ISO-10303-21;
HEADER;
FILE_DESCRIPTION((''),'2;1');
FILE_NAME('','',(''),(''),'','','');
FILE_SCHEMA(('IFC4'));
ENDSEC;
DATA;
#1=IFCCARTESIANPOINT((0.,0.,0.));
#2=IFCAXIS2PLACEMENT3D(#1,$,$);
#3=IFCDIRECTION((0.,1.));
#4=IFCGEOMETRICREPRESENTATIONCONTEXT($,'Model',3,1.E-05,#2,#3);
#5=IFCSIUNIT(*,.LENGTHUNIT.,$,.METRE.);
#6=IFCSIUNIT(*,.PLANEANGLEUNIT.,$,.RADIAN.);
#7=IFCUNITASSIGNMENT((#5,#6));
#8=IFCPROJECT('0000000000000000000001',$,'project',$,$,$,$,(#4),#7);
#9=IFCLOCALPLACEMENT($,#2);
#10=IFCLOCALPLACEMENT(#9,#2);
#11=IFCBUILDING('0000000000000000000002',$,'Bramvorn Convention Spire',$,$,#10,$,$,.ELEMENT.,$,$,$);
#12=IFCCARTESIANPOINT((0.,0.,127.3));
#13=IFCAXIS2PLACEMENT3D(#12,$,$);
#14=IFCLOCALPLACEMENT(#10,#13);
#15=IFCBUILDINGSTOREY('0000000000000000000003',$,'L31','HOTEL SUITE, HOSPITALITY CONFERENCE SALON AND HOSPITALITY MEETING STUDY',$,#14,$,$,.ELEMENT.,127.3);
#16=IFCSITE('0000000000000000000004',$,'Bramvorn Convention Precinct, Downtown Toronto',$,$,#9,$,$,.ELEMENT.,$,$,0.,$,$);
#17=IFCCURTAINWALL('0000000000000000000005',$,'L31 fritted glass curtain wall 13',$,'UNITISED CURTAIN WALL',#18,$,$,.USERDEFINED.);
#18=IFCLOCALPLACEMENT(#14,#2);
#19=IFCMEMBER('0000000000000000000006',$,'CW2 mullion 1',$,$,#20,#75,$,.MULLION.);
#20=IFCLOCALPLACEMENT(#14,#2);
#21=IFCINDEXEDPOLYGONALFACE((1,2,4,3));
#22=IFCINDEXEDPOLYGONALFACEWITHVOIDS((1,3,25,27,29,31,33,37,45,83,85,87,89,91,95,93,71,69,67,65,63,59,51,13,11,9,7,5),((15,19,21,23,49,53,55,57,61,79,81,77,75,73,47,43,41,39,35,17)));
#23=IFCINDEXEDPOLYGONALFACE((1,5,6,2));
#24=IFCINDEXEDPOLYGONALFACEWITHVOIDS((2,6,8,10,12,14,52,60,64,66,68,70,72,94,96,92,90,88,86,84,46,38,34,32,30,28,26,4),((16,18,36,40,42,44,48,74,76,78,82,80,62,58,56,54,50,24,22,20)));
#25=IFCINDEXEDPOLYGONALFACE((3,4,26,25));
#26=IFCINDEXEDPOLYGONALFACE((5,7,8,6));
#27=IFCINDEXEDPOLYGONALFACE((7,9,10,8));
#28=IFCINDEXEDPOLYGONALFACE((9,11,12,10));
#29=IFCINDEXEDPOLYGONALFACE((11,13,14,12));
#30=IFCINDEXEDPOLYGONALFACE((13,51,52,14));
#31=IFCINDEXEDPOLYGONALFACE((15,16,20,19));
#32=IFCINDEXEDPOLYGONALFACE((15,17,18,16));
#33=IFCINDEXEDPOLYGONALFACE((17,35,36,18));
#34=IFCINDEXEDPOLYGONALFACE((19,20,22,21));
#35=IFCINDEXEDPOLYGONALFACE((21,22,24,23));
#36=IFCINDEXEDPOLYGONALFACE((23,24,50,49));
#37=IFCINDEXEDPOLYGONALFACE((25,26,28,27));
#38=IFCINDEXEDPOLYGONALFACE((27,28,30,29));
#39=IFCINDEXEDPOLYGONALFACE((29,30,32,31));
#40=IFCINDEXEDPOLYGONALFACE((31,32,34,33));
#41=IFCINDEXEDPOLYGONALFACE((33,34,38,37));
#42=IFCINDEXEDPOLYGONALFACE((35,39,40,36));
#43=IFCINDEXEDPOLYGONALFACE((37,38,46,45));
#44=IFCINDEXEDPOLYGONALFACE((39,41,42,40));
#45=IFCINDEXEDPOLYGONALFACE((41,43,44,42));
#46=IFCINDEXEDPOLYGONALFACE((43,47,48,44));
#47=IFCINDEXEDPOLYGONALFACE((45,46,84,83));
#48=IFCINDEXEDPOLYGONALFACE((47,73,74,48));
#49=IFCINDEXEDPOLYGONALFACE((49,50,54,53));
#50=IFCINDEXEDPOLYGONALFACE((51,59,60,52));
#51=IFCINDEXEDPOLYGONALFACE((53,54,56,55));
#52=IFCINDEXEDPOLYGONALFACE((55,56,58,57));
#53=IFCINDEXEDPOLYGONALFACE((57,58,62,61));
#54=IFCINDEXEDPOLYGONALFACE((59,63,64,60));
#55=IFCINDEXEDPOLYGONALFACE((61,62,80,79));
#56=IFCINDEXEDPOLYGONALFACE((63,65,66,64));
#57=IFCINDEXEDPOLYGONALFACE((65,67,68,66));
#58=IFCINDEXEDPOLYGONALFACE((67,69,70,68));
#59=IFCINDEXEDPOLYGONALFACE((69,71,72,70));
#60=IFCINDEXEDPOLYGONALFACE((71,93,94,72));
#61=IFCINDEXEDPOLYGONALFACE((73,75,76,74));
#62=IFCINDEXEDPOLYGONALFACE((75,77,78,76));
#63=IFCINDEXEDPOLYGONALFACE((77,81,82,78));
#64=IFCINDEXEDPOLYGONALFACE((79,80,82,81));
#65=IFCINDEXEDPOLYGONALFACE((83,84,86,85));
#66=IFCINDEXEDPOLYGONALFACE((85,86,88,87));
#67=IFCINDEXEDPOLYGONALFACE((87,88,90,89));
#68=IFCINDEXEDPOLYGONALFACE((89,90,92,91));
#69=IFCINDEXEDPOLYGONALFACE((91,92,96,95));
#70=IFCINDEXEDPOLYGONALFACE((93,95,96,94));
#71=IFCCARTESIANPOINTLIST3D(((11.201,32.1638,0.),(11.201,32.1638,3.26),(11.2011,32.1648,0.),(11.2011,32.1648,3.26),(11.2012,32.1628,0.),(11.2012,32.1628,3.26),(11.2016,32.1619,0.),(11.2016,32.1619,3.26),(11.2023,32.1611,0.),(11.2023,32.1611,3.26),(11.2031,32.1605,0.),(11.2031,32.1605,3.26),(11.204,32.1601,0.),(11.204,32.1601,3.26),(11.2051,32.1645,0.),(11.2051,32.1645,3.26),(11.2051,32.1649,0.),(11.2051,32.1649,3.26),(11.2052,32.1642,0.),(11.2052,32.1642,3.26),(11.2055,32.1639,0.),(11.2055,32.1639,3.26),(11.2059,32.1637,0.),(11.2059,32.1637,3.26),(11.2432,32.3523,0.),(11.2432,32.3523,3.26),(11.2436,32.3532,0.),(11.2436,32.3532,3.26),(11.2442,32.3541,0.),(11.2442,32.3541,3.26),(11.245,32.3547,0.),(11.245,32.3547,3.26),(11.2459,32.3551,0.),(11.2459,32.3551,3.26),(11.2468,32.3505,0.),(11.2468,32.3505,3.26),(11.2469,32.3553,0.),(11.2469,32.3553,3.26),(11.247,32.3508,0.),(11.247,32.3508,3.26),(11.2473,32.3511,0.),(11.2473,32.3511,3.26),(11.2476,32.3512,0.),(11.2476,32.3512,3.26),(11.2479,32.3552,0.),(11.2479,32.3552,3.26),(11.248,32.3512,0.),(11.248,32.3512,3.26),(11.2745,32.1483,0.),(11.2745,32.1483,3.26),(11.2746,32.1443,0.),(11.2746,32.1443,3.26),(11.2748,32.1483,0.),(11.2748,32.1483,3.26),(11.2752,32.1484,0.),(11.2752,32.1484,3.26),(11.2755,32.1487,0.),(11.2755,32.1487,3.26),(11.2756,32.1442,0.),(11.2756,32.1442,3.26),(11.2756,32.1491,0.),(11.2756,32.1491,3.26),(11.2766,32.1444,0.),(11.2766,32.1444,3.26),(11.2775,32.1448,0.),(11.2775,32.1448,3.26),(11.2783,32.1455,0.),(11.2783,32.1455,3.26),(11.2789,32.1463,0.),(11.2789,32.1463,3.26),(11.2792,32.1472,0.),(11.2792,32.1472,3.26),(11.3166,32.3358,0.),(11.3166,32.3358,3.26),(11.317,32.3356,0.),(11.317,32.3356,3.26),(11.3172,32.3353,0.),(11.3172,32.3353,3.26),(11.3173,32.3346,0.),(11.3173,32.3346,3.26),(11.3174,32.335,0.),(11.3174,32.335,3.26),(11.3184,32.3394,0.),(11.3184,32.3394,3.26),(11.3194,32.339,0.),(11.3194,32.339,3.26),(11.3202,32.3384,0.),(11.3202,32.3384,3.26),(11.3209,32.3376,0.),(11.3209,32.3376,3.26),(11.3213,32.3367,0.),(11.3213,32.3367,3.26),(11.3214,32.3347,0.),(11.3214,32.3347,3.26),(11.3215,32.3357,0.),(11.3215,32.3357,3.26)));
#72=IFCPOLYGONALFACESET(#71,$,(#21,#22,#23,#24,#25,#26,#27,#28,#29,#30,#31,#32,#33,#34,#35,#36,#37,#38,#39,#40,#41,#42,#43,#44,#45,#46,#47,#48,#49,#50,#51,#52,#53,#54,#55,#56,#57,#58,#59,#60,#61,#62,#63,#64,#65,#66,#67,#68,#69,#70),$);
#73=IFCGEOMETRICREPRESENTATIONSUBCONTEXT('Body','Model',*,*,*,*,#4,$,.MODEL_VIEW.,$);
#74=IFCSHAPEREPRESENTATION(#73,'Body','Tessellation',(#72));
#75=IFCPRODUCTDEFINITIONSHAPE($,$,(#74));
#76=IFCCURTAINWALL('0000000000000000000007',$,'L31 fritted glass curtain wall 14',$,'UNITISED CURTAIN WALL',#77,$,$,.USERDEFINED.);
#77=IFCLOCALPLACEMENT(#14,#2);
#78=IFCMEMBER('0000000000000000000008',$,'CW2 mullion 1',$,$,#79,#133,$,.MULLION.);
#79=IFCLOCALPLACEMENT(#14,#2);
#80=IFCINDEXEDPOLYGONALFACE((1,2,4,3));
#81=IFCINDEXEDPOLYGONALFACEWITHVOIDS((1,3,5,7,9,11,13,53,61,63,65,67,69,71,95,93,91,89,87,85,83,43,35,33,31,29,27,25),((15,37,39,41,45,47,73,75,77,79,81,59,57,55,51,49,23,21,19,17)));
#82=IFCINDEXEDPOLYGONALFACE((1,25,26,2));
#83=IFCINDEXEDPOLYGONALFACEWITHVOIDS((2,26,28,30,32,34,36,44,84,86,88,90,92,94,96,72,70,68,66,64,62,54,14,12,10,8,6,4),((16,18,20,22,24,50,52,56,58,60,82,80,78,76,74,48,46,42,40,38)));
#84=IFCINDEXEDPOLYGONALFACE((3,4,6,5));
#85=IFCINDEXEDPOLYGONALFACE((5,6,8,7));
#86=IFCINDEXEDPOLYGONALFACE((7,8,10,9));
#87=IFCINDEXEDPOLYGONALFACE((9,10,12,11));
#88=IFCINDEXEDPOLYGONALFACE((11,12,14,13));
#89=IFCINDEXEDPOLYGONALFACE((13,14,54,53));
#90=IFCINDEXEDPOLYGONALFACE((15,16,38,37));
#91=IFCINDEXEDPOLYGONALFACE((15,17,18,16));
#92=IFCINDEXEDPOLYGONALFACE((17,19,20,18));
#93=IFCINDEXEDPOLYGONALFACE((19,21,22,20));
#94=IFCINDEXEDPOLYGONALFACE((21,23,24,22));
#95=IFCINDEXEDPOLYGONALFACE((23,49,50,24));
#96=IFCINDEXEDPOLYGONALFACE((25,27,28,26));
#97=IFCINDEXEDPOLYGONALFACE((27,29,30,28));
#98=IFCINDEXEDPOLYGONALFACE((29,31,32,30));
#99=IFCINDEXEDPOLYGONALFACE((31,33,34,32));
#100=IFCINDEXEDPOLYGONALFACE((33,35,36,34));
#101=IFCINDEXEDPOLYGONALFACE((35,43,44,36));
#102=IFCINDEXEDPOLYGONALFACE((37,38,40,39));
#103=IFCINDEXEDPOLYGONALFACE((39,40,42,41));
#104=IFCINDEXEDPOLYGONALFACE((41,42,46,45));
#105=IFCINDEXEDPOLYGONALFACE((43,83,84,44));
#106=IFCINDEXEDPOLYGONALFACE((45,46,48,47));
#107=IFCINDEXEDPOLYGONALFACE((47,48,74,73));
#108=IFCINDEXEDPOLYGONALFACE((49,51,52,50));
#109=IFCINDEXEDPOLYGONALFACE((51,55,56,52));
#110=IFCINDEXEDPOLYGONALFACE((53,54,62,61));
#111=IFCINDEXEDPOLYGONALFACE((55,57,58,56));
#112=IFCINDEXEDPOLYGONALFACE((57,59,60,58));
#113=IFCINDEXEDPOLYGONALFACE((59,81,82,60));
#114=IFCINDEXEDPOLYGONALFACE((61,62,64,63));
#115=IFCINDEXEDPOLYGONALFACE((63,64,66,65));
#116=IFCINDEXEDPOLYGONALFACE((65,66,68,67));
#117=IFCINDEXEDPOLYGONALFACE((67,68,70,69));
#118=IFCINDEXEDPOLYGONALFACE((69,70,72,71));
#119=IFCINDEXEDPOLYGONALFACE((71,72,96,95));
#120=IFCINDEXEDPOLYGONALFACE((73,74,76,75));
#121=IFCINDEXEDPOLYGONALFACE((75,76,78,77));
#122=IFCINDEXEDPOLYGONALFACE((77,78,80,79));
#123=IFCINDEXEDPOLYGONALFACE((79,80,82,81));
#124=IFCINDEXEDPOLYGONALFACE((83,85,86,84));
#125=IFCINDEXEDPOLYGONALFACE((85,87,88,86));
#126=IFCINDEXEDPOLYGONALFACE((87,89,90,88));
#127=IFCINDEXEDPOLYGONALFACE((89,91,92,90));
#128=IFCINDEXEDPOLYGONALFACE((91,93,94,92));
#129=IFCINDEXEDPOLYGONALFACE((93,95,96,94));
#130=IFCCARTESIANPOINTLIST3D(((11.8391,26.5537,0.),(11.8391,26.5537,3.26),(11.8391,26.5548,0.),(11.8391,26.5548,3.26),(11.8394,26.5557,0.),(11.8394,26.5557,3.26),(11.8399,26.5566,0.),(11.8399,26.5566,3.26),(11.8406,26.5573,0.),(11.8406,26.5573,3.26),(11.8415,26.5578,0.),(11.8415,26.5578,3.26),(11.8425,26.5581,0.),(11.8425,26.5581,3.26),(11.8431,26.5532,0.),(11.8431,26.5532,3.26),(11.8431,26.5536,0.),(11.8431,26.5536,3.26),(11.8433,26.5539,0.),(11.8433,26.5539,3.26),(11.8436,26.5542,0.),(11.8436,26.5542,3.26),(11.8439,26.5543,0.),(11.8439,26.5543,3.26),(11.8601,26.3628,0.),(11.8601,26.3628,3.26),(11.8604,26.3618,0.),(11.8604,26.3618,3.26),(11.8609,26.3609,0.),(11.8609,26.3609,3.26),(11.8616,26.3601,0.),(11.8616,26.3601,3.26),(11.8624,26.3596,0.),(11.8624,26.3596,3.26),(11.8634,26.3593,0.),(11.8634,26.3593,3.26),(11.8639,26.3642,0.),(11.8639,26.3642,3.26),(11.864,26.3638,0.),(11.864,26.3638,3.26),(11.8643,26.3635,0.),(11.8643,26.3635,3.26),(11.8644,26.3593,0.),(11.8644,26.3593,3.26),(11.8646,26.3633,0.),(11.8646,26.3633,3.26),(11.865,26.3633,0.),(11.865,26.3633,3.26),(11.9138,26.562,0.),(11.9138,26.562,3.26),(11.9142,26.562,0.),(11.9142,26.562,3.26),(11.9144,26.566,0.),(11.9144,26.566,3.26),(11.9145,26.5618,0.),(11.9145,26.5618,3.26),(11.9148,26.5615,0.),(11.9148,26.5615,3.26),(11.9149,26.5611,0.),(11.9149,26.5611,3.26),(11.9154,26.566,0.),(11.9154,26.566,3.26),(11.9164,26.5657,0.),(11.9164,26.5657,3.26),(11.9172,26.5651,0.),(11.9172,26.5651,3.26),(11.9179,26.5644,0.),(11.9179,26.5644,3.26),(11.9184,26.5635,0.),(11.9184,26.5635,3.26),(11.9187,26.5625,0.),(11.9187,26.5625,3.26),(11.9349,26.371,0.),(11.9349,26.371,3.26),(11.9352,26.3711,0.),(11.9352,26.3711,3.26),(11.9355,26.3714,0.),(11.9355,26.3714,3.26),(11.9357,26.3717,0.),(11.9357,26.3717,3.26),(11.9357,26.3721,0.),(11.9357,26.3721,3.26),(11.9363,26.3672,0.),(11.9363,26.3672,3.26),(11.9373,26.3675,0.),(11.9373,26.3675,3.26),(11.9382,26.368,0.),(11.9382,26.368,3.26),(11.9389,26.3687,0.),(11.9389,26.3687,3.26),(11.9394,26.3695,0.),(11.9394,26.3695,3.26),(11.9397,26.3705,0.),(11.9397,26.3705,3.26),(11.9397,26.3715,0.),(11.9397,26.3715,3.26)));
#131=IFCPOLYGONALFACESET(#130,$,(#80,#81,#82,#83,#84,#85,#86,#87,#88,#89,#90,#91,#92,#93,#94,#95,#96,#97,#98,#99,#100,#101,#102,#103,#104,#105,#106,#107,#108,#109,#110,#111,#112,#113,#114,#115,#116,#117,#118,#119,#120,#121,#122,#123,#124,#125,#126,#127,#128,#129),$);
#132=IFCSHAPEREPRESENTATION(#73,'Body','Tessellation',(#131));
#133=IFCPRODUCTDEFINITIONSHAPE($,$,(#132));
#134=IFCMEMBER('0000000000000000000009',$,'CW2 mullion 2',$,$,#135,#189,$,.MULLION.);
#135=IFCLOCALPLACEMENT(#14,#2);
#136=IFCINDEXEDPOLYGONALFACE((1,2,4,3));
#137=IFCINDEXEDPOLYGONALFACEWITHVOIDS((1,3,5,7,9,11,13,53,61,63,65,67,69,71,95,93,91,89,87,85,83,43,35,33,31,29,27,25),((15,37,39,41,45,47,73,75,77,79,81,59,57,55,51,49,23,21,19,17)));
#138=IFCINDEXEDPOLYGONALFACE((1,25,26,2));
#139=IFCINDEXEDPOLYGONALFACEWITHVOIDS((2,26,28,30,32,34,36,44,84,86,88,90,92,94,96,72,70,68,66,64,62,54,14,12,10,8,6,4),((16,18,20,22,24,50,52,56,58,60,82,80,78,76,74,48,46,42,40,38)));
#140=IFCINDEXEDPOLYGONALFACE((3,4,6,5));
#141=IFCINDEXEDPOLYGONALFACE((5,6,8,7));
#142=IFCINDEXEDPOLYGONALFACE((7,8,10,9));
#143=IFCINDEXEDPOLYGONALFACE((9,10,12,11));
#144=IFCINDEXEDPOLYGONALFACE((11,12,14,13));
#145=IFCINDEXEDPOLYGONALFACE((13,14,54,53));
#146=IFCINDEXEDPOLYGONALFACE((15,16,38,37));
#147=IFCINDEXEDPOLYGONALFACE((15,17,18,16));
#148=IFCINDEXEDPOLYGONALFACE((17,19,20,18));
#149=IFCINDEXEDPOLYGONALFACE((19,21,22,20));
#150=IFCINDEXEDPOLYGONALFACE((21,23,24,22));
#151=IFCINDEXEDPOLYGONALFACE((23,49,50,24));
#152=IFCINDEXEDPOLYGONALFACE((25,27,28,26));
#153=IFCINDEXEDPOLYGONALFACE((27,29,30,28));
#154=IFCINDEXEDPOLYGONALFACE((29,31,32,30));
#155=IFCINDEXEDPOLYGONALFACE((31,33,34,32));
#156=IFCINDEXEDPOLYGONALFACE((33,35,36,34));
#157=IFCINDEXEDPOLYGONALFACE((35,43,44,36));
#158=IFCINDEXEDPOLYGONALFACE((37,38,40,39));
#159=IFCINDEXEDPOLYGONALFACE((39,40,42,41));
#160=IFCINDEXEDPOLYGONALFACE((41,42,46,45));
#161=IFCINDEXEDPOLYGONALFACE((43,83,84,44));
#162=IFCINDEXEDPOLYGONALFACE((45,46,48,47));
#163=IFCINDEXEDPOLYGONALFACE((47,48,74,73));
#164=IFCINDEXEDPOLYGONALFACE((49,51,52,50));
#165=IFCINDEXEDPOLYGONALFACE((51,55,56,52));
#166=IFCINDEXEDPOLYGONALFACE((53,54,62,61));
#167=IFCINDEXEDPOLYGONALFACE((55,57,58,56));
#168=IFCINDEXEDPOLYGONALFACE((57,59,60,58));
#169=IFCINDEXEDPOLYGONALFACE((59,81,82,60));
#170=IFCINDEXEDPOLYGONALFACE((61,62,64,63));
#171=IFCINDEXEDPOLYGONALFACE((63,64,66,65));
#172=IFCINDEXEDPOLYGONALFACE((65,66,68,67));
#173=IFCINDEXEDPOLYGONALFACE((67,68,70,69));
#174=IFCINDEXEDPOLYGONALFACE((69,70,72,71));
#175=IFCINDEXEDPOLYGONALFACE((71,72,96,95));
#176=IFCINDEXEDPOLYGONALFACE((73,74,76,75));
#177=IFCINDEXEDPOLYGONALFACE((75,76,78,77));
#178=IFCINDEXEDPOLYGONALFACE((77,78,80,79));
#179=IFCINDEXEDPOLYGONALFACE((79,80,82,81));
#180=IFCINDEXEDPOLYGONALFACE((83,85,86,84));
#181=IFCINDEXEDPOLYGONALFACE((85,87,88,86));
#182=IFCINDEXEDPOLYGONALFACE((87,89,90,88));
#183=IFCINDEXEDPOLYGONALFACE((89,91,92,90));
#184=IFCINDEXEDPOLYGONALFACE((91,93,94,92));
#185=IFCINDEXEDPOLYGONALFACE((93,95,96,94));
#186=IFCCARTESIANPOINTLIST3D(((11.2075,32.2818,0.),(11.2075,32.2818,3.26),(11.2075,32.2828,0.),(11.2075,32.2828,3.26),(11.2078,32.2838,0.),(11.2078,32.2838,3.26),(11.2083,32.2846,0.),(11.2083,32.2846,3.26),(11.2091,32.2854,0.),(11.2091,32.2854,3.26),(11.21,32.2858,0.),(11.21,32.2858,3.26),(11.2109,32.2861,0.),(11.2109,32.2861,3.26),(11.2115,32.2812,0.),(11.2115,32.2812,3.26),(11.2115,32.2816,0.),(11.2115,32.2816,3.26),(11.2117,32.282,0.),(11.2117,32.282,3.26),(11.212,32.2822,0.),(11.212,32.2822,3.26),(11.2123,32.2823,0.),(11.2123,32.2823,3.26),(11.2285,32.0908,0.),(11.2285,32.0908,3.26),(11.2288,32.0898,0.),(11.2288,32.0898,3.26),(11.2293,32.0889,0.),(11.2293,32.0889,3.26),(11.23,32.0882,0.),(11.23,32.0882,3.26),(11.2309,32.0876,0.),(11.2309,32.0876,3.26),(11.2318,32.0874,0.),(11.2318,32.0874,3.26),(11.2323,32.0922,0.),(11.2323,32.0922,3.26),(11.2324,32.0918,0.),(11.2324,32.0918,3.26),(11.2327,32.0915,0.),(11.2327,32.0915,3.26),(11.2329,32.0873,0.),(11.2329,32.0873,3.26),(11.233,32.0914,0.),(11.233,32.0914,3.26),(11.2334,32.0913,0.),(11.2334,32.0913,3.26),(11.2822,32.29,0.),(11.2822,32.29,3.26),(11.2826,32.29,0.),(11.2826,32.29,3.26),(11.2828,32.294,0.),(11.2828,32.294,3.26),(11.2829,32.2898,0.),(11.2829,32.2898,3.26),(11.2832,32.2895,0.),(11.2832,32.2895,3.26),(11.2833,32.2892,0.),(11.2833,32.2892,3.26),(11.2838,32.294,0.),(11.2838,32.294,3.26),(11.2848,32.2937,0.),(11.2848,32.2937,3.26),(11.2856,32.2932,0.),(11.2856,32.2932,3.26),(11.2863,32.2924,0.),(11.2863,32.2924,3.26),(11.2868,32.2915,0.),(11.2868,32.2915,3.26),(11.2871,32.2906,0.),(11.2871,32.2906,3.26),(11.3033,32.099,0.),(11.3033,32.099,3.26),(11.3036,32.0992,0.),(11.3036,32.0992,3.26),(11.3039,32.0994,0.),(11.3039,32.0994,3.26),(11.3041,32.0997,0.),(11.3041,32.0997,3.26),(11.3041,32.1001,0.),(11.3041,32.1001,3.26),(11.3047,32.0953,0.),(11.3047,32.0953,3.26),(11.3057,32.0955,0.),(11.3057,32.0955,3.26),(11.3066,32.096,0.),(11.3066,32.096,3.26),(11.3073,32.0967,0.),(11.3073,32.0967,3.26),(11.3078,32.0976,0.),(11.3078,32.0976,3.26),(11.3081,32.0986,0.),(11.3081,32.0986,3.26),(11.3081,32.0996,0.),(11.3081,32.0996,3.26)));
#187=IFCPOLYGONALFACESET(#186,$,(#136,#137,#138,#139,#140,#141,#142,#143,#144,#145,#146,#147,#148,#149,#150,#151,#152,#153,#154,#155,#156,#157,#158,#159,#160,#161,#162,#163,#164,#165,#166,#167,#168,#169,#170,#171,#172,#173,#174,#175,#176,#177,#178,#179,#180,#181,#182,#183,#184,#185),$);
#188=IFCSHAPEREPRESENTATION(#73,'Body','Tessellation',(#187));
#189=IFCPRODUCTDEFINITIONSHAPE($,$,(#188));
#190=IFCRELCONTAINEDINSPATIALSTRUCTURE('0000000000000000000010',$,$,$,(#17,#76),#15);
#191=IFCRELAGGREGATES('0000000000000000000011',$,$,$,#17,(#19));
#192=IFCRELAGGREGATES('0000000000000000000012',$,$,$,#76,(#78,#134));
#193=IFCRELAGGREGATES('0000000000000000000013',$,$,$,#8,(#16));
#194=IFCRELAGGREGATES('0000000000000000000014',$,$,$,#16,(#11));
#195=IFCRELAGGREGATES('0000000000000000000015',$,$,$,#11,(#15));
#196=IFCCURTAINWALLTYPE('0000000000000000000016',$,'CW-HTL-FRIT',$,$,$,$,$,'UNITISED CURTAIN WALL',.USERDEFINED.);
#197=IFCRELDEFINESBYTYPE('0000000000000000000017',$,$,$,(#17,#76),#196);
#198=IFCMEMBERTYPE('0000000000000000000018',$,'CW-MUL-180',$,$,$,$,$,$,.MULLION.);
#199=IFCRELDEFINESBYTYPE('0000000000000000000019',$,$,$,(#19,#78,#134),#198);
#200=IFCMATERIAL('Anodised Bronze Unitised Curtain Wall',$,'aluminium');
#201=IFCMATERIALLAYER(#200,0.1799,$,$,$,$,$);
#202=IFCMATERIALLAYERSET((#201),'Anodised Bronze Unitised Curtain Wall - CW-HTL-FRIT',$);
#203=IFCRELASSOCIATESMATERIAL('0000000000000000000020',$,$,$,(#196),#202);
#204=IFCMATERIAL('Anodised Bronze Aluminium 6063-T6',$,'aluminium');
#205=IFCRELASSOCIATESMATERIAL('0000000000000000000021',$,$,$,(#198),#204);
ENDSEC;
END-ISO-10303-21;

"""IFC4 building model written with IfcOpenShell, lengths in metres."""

from ifc_helpers import new_model, si_unit, direction, frame, origin, origin_2d, place, context, subcontext, project, spatial, hollow_rectangle, extrude, material, layer, layer_set, material_profile, profile_set, type_object, element, aggregate, save


model = new_model("IFC4")

# Units and contexts
model_context = context("Model", 3, precision=1e-05, world=origin(), true_north=direction((0.0, 1.0)))
body_context = subcontext(model_context, "Body", "Model", "MODEL_VIEW")
ifc_project = project(units=[si_unit("LENGTHUNIT", "METRE"), si_unit("PLANEANGLEUNIT", "RADIAN")], contexts=[model_context])

# Site, building, storey
site_placement = place(None, origin())
site = spatial("IfcSite", under=ifc_project, at=site_placement, Name="Bramvorn Convention Precinct, Downtown Toronto", CompositionType="ELEMENT", RefElevation=0.0)
building_placement = place(site_placement, origin())
building = spatial("IfcBuilding", under=site, at=building_placement, Name="Bramvorn Convention Spire", CompositionType="ELEMENT")
storey_placement = place(building_placement, frame((0.0, 0.0, 127.3)))
storey = spatial("IfcBuildingStorey", under=building, at=storey_placement, Name="L31", Description="HOTEL SUITE, HOSPITALITY CONFERENCE SALON AND HOSPITALITY MEETING STUDY", CompositionType="ELEMENT", Elevation=127.3)

# Curtain wall, member
ifc_material_1 = material(Name="Anodised Bronze Unitised Curtain Wall", Category="aluminium")
ifc_layer_1 = layer(ifc_material_1, 0.1799)
ifc_layer_set_1 = layer_set([ifc_layer_1], Name="Anodised Bronze Unitised Curtain Wall - CW-HTL-FRIT")
curtain_wall_type = type_object("IfcCurtainWallType", Name="CW-HTL-FRIT", ElementType="UNITISED CURTAIN WALL", PredefinedType="USERDEFINED", material=ifc_layer_set_1)
curtain_wall_1_placement = place(storey_placement, origin())
curtain_wall_1 = element("IfcCurtainWall", 1, at=curtain_wall_1_placement, inside=storey, type_object=curtain_wall_type, Name="L31 fritted glass curtain wall 13", ObjectType="UNITISED CURTAIN WALL", PredefinedType="USERDEFINED")
ifc_material_2 = material(Name="Anodised Bronze Aluminium 6063-T6", Category="aluminium")
ifc_material_profile_1 = material_profile(ifc_material_2, hollow_rectangle(XDim=0.0801, YDim=0.2, WallThickness=0.0039, InnerFilletRadius=0.001, OuterFilletRadius=0.0039, at=origin_2d()))
ifc_profile_set_1 = profile_set([ifc_material_profile_1], Name="Anodised Bronze Aluminium 6063-T6 - CWM80X200")
member_type_1 = type_object("IfcMemberType", Name="CW-MUL-180", PredefinedType="MULLION", material=ifc_profile_set_1)
member_1_placement = place(storey_placement, frame((11.2612, 32.2498, 0.0), z_axis=(0.0, 0.0, 1.0), x_axis=(-0.975647, 0.219348, 0.0)))
member_1 = element("IfcMember", 2, at=member_1_placement, type_object=member_type_1, Name="CW2 mullion 1", PredefinedType="MULLION", context=body_context, shape_type="SweptSolid", body=[
    extrude(hollow_rectangle(XDim=0.0801, YDim=0.2, WallThickness=0.0039, InnerFilletRadius=0.001, OuterFilletRadius=0.0039, at=origin_2d()), origin(), (0.0, 0.0, 1.0), 3.26),
])

# Curtain wall, members
curtain_wall_2_placement = place(storey_placement, origin())
curtain_wall_2 = element("IfcCurtainWall", 3, at=curtain_wall_2_placement, inside=storey, type_object=curtain_wall_type, Name="L31 fritted glass curtain wall 14", ObjectType="UNITISED CURTAIN WALL", PredefinedType="USERDEFINED")
member_2_placement = place(storey_placement, frame((11.8894, 26.4626, 0.0), z_axis=(0.0, 0.0, 1.0), x_axis=(-0.993977, -0.109589, 0.0)))
member_2 = element("IfcMember", 4, at=member_2_placement, type_object=member_type_1, Name="CW2 mullion 1", PredefinedType="MULLION", context=body_context, shape_type="SweptSolid", body=[
    extrude(hollow_rectangle(XDim=0.0801, YDim=0.2, WallThickness=0.0039, InnerFilletRadius=0.001, OuterFilletRadius=0.0039, at=origin_2d()), origin(), (0.0, 0.0, 1.0), 3.26),
])
member_3_placement = place(storey_placement, frame((11.2578, 32.1907, 0.0), z_axis=(0.0, 0.0, 1.0), x_axis=(-0.993977, -0.109589, 0.0)))
member_3 = element("IfcMember", 5, at=member_3_placement, type_object=member_type_1, Name="CW2 mullion 2", PredefinedType="MULLION", context=body_context, shape_type="SweptSolid", body=[
    extrude(hollow_rectangle(XDim=0.0801, YDim=0.2, WallThickness=0.0039, InnerFilletRadius=0.001, OuterFilletRadius=0.0039, at=origin_2d()), origin(), (0.0, 0.0, 1.0), 3.26),
])

aggregate(curtain_wall_1, [member_1])

aggregate(curtain_wall_2, [member_2, member_3])

save(model, "model.ifc")
